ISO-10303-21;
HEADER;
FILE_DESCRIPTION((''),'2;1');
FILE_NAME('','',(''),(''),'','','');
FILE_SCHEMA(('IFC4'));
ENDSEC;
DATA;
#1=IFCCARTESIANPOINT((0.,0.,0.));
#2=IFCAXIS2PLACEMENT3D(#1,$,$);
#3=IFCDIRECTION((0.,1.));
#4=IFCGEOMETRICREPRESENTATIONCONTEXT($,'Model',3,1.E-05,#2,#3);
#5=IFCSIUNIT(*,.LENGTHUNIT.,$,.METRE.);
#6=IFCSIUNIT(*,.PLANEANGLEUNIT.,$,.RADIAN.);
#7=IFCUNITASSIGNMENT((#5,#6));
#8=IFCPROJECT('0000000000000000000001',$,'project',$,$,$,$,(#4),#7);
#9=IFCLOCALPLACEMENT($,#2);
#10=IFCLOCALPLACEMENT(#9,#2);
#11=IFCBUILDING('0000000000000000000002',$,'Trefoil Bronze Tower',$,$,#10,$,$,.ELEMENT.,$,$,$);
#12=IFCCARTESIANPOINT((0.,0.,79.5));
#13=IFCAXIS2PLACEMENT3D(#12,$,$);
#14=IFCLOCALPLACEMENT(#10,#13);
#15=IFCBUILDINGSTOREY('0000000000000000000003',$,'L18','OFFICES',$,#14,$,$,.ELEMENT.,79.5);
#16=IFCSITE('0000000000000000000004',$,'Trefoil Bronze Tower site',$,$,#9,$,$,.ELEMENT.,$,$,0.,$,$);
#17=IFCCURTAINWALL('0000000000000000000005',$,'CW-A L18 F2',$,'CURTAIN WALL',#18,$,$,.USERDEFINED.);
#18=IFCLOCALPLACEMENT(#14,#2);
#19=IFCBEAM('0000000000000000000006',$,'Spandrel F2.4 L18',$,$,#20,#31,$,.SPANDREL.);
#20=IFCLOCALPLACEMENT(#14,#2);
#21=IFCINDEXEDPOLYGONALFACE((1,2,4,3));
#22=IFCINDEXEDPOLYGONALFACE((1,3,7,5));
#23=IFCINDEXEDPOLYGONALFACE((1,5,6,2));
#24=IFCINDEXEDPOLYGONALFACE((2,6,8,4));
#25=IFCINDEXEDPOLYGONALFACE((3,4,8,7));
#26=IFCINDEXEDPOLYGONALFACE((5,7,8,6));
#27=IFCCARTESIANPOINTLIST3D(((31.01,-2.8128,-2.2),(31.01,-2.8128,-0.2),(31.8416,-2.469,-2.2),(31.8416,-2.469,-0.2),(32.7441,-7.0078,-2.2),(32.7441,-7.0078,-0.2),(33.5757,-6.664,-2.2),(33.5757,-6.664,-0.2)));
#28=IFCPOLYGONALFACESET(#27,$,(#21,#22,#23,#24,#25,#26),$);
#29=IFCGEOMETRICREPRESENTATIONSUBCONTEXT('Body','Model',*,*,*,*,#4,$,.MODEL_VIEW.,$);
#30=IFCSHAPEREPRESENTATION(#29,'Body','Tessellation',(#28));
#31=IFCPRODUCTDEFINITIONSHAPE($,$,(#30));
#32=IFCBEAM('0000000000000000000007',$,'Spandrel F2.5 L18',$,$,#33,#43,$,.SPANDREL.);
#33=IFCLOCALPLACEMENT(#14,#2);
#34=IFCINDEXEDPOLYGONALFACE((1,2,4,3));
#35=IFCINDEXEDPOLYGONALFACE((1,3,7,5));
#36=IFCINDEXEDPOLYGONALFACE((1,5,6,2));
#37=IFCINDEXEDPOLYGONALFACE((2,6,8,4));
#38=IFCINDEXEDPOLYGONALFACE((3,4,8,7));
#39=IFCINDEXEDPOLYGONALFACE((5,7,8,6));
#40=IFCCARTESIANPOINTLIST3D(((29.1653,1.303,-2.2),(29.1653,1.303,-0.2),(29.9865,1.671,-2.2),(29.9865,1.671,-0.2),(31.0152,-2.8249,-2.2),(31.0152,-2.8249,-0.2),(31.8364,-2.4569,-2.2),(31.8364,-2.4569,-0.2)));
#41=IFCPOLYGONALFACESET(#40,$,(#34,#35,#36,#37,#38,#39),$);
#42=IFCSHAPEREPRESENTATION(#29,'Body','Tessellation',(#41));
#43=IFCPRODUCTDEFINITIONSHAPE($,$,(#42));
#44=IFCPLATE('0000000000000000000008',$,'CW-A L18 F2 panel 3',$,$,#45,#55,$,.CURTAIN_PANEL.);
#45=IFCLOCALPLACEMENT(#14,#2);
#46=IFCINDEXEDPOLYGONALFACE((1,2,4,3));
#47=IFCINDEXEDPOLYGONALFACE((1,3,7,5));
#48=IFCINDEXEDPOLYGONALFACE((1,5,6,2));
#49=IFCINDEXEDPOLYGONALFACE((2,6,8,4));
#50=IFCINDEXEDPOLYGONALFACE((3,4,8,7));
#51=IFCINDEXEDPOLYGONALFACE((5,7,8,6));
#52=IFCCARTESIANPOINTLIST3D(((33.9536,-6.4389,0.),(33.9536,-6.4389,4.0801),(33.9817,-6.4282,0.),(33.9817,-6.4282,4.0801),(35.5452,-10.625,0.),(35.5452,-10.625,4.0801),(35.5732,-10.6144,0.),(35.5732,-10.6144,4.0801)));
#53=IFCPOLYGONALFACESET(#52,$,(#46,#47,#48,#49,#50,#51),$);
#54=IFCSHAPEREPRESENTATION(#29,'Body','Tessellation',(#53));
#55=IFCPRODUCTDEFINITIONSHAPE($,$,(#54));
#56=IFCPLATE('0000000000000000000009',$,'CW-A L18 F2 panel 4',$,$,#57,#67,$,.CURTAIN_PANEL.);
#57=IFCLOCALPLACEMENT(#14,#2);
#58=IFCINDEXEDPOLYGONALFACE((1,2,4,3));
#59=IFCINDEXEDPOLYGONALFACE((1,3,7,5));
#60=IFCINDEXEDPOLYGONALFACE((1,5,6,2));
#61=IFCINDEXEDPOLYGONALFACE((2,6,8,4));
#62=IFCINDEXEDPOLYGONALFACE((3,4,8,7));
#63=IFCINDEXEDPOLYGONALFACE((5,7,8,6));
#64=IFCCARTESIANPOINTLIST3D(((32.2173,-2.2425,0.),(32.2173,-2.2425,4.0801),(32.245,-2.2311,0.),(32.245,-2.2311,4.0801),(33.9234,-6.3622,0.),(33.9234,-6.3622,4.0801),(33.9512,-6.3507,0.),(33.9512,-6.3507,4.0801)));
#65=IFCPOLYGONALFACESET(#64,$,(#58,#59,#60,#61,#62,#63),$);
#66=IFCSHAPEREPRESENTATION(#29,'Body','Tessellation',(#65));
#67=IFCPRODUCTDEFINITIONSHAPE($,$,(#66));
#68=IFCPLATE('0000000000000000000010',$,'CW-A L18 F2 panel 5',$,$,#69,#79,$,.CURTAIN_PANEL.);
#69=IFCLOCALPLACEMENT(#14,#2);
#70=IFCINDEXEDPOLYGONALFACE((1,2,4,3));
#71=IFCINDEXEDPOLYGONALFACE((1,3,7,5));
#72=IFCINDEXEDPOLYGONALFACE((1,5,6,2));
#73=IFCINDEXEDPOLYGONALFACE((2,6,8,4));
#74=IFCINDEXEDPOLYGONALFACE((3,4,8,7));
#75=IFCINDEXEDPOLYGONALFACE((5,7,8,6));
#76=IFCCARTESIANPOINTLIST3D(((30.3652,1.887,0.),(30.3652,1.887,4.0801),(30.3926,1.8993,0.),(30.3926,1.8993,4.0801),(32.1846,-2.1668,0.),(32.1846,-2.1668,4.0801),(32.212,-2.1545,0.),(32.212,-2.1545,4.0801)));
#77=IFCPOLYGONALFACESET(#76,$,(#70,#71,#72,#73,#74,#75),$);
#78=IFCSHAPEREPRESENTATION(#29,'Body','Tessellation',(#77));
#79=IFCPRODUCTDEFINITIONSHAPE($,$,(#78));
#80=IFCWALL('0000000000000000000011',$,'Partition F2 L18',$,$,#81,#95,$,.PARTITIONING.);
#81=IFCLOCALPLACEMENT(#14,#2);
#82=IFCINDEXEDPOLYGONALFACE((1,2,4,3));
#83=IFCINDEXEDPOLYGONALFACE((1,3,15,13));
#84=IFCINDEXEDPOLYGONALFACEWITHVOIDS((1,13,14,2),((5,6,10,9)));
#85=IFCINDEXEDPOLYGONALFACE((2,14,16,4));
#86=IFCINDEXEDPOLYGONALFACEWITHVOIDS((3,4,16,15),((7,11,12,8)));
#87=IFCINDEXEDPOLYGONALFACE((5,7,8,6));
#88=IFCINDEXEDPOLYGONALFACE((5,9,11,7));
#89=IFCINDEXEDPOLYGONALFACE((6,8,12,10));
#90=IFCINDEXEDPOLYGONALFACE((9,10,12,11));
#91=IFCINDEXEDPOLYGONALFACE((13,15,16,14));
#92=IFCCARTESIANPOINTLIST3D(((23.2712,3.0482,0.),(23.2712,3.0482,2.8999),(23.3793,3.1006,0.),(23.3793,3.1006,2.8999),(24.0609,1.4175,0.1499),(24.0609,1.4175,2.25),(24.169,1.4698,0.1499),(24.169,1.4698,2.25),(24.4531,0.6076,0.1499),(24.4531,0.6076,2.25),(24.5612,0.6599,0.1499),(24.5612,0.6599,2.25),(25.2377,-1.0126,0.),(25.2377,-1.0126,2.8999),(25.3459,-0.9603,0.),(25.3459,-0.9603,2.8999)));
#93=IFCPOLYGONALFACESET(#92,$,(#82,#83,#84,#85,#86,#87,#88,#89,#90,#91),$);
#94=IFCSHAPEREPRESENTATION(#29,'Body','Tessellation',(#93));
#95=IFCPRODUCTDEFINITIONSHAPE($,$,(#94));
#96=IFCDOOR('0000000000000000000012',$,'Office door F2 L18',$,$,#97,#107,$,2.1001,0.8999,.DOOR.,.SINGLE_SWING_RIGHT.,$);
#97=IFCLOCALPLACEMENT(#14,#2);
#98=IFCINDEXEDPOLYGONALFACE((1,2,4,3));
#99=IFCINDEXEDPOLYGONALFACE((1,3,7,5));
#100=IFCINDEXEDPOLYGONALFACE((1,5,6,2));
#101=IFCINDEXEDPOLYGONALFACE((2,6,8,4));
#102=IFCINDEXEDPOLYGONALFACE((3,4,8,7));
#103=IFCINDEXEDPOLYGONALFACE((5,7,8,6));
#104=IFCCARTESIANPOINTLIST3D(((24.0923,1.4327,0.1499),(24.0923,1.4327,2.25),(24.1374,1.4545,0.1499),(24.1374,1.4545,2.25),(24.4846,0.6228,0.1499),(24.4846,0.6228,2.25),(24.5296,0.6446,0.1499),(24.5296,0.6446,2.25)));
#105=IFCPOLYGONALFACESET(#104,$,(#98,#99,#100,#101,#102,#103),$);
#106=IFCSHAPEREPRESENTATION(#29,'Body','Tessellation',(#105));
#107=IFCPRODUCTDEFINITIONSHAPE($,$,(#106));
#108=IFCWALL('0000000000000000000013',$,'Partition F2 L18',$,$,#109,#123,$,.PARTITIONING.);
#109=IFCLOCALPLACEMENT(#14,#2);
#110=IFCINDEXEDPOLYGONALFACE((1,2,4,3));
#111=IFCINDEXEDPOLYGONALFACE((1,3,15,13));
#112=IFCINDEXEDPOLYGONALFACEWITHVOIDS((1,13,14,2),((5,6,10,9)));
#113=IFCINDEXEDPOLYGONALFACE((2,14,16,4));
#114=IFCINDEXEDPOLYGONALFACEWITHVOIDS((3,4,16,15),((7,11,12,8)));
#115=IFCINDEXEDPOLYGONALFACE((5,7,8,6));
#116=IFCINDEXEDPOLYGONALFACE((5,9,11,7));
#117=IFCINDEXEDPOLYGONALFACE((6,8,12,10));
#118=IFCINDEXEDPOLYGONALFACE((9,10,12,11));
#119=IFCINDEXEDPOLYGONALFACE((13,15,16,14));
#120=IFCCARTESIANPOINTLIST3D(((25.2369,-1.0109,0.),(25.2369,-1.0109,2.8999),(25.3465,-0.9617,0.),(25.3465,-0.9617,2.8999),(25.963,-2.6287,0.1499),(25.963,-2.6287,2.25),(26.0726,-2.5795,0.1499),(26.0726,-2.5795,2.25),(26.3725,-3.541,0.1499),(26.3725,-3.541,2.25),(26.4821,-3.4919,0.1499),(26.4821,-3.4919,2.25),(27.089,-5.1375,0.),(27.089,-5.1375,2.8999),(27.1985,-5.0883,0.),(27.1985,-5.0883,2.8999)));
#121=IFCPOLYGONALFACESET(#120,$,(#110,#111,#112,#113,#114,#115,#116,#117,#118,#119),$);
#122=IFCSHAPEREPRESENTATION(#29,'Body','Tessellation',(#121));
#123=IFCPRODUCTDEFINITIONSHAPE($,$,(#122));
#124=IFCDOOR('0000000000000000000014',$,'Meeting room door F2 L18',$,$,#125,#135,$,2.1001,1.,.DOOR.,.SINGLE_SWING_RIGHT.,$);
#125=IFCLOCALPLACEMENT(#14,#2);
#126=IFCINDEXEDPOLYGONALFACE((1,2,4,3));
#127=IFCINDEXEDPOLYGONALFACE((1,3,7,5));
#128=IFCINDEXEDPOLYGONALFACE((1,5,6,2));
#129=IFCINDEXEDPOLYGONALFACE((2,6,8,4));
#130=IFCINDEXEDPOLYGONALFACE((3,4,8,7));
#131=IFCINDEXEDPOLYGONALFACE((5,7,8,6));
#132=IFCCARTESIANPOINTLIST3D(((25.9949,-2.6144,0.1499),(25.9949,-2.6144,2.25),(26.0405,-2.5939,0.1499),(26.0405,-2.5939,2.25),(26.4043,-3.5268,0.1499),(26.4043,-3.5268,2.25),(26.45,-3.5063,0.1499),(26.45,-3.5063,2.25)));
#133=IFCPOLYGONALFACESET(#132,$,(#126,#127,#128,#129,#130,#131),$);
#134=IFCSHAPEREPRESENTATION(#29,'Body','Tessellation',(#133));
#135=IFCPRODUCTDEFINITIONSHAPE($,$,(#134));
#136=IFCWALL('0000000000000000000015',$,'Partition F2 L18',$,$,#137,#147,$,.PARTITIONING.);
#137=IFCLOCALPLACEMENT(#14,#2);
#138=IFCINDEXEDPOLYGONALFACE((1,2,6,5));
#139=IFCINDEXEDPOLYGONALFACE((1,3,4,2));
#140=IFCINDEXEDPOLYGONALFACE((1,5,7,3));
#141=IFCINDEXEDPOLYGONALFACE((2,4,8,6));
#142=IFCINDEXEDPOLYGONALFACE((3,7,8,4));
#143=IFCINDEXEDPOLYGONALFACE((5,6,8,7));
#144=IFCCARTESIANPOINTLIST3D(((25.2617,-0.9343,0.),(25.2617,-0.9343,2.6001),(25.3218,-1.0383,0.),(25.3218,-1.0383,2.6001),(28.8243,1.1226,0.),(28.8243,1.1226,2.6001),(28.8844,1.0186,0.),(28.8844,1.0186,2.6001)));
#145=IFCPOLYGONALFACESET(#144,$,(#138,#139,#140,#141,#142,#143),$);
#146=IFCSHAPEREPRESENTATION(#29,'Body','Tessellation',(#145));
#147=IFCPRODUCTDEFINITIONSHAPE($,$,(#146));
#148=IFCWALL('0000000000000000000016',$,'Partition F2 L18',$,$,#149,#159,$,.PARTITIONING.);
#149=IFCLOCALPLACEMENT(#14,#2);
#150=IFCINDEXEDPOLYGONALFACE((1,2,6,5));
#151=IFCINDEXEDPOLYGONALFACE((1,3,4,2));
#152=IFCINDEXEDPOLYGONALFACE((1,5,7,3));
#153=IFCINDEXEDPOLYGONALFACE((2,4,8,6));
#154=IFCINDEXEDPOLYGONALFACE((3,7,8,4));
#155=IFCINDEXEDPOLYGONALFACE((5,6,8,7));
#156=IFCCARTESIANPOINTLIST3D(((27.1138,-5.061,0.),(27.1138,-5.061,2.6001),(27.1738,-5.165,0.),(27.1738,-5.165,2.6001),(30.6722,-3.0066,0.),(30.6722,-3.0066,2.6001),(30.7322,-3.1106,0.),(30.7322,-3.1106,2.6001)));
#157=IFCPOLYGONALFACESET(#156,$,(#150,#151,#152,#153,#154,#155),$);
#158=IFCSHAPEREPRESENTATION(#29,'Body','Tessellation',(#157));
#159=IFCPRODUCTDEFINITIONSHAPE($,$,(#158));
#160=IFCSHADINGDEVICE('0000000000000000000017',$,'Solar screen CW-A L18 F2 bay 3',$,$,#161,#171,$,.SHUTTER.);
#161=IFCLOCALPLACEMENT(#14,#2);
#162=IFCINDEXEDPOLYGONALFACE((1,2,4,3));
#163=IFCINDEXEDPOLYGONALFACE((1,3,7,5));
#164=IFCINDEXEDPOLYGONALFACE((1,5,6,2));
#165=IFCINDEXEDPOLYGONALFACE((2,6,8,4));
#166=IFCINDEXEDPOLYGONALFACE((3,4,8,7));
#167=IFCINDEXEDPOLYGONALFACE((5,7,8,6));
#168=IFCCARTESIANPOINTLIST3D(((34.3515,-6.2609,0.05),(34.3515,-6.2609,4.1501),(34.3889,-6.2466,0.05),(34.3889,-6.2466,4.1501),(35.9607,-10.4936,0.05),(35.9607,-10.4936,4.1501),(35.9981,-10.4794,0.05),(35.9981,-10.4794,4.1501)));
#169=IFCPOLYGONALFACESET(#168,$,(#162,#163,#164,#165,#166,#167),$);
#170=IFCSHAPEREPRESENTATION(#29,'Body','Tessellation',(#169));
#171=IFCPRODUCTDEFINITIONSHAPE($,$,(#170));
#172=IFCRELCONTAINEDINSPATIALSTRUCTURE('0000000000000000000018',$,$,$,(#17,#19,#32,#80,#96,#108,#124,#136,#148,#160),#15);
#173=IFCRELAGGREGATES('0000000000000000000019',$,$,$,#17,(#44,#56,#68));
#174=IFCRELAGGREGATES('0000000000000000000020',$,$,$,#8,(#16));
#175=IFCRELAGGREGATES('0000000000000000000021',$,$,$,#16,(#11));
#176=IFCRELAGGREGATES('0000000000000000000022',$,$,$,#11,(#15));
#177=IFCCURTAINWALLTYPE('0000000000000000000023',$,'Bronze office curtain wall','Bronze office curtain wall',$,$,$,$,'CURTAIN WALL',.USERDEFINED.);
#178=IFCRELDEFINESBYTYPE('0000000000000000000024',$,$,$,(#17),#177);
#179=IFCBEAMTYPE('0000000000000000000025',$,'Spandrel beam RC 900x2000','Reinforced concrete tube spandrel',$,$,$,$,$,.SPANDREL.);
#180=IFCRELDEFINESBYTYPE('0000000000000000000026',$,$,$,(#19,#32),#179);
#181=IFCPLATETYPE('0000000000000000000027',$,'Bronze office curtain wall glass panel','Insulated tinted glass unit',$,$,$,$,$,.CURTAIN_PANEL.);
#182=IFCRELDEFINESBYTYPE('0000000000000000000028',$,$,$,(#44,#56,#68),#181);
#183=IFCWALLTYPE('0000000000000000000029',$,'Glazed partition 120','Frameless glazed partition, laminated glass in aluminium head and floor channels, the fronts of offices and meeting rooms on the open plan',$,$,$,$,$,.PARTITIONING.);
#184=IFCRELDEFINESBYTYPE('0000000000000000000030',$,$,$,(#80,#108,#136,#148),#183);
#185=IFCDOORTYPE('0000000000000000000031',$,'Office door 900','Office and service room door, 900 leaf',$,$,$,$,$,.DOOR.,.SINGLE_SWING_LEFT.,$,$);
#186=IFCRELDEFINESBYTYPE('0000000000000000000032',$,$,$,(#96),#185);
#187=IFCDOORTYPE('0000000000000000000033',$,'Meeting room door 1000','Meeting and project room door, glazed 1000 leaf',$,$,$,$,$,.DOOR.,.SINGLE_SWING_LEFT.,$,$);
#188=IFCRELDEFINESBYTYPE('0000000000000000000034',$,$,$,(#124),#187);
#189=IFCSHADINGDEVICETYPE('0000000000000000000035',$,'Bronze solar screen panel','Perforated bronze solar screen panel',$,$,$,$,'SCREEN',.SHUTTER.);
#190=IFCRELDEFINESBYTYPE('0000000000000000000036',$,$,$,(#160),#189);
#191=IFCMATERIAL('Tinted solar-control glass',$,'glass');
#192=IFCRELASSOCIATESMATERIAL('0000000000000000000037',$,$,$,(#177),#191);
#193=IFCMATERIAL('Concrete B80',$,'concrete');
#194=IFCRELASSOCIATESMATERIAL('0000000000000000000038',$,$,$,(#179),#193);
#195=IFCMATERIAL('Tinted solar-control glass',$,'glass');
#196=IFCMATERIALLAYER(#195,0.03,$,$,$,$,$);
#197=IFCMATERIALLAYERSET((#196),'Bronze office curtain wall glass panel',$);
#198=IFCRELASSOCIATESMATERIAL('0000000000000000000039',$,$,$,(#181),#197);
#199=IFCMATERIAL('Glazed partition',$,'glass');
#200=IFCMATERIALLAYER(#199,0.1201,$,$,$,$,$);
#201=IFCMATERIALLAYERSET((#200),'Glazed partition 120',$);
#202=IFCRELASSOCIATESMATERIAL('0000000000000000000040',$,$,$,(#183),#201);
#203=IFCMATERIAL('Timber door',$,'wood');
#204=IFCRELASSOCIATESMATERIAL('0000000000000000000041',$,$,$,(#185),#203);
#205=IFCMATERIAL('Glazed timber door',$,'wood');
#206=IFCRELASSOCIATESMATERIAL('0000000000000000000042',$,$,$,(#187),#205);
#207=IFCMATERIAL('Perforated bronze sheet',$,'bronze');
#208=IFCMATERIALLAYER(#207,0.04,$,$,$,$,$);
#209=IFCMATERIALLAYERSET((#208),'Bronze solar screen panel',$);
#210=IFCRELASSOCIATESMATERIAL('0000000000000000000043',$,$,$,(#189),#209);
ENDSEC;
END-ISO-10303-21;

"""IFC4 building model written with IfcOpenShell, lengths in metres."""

from ifc_helpers import new_model, si_unit, direction, frame, frame_2d, origin, origin_2d, place, context, subcontext, project, spatial, rectangle, extrude, material, layer, layer_set, material_profile, profile_set, type_object, element, fill, aggregate, save


model = new_model("IFC4")

# Units and contexts
model_context = context("Model", 3, precision=1e-05, world=origin(), true_north=direction((0.0, 1.0)))
body_context = subcontext(model_context, "Body", "Model", "MODEL_VIEW")
ifc_project = project(units=[si_unit("LENGTHUNIT", "METRE"), si_unit("PLANEANGLEUNIT", "RADIAN")], contexts=[model_context])

# Site, building, storey
site_placement = place(None, origin())
site = spatial("IfcSite", under=ifc_project, at=site_placement, Name="Trefoil Bronze Tower site", CompositionType="ELEMENT", RefElevation=0.0)
building_placement = place(site_placement, origin())
building = spatial("IfcBuilding", under=site, at=building_placement, Name="Trefoil Bronze Tower", CompositionType="ELEMENT")
storey_placement = place(building_placement, frame((0.0, 0.0, 79.5)))
storey = spatial("IfcBuildingStorey", under=building, at=storey_placement, Name="L18", Description="OFFICES", CompositionType="ELEMENT", Elevation=79.5)

# Curtain wall
ifc_material_1 = material(Name="Tinted solar-control glass", Category="glass")
curtain_wall_type = type_object("IfcCurtainWallType", Name="Bronze office curtain wall", Description="Bronze office curtain wall", ElementType="CURTAIN WALL", PredefinedType="USERDEFINED", material=ifc_material_1)
curtain_wall_placement = place(storey_placement, origin())
curtain_wall = element("IfcCurtainWall", 1, at=curtain_wall_placement, inside=storey, type_object=curtain_wall_type, Name="CW-A L18 F2", ObjectType="CURTAIN WALL", PredefinedType="USERDEFINED")

# Beams
ifc_material_2 = material(Name="Concrete B80", Category="concrete")
ifc_material_profile_1 = material_profile(ifc_material_2, rectangle(XDim=0.8999, YDim=2.0, at=origin_2d()), Name="RC 900x2000")
ifc_profile_set_1 = profile_set([ifc_material_profile_1], Name="Concrete B80")
beam_type_1 = type_object("IfcBeamType", Name="Spandrel beam RC 900x2000", Description="Reinforced concrete tube spandrel", PredefinedType="SPANDREL", material=ifc_profile_set_1)
beam_1_placement = place(storey_placement, frame((33.1599, -6.8359, -1.2), z_axis=(-0.382021, 0.924154, 0.0), x_axis=(-0.924154, -0.382021, 0.0)))
element("IfcBeam", 2, at=beam_1_placement, inside=storey, type_object=beam_type_1, Name="Spandrel F2.4 L18", PredefinedType="SPANDREL", context=body_context, shape_type="SweptSolid", body=[
    extrude(rectangle(XDim=0.8999, YDim=2.0, at=origin_2d()), origin(), (0.0, 0.0, 1.0), 4.5393),
])
beam_2_placement = place(storey_placement, frame((31.4258, -2.6409, -1.2), z_axis=(-0.408946, 0.912559, 0.0), x_axis=(-0.912559, -0.408946, 0.0)))
element("IfcBeam", 3, at=beam_2_placement, inside=storey, type_object=beam_type_1, Name="Spandrel F2.5 L18", PredefinedType="SPANDREL", context=body_context, shape_type="SweptSolid", body=[
    extrude(rectangle(XDim=0.8999, YDim=2.0, at=origin_2d()), origin(), (0.0, 0.0, 1.0), 4.5234),
])

# Plates
ifc_material_3 = material(Name="Tinted solar-control glass", Category="glass")
ifc_layer_1 = layer(ifc_material_3, 0.03)
ifc_layer_set_1 = layer_set([ifc_layer_1], Name="Bronze office curtain wall glass panel")
plate_type = type_object("IfcPlateType", Name="Bronze office curtain wall glass panel", Description="Insulated tinted glass unit", PredefinedType="CURTAIN_PANEL", material=ifc_layer_set_1)
plate_1_placement = place(storey_placement, frame((34.7634, -8.5266, 0.0), z_axis=(0.0, 0.0, 1.0), x_axis=(-0.355371, 0.934725, 0.0)))
plate_1 = element("IfcPlate", 4, at=plate_1_placement, type_object=plate_type, Name="CW-A L18 F2 panel 3", PredefinedType="CURTAIN_PANEL", context=body_context, shape_type="SweptSolid", body=[
    extrude(rectangle(XDim=4.4785, YDim=0.03, at=origin_2d()), origin(), (0.0, 0.0, 1.0), 4.0801),
])
plate_2_placement = place(storey_placement, frame((33.0842, -4.2966, 0.0), z_axis=(0.0, 0.0, 1.0), x_axis=(-0.38263, 0.923902, 0.0)))
plate_2 = element("IfcPlate", 5, at=plate_2_placement, type_object=plate_type, Name="CW-A L18 F2 panel 4", PredefinedType="CURTAIN_PANEL", context=body_context, shape_type="SweptSolid", body=[
    extrude(rectangle(XDim=4.459, YDim=0.03, at=origin_2d()), origin(), (0.0, 0.0, 1.0), 4.0801),
])
plate_3_placement = place(storey_placement, frame((31.2886, -0.1338, 0.0), z_axis=(0.0, 0.0, 1.0), x_axis=(-0.409456, 0.91233, 0.0)))
plate_3 = element("IfcPlate", 6, at=plate_3_placement, type_object=plate_type, Name="CW-A L18 F2 panel 5", PredefinedType="CURTAIN_PANEL", context=body_context, shape_type="SweptSolid", body=[
    extrude(rectangle(XDim=4.4434, YDim=0.03, at=origin_2d()), origin(), (0.0, 0.0, 1.0), 4.0801),
])
aggregate(curtain_wall, [plate_1, plate_2, plate_3])

# Walls, openings, doors
ifc_material_4 = material(Name="Glazed partition", Category="glass")
ifc_layer_2 = layer(ifc_material_4, 0.1201)
ifc_layer_set_2 = layer_set([ifc_layer_2], Name="Glazed partition 120")
wall_type = type_object("IfcWallType", Name="Glazed partition 120", Description="Frameless glazed partition, laminated glass in aluminium head and floor channels, the fronts of offices and meeting rooms on the open plan", PredefinedType="PARTITIONING", material=ifc_layer_set_2)
wall_1_placement = place(storey_placement, frame((25.2917, -0.9863, 0.0), z_axis=(0.0, 0.0, 1.0), x_axis=(-0.435858, 0.900015, 0.0)))
wall_1 = element("IfcWall", 7, at=wall_1_placement, inside=storey, type_object=wall_type, Name="Partition F2 L18", PredefinedType="PARTITIONING", context=body_context, shape_type="SweptSolid", body=[
    extrude(rectangle(XDim=4.512, YDim=0.1201, at=frame_2d((2.2559, 0.0))), origin(), (0.0, 0.0, 1.0), 2.8999),
])
opening_1_placement = place(wall_1_placement, frame((1.8, 0.0, 0.1499)))
opening_1 = element("IfcOpeningElement", 8, at=opening_1_placement, cuts=wall_1, PredefinedType="OPENING", context=body_context, shape_type="SweptSolid", body=[
    extrude(rectangle(XDim=0.8999, YDim=2.1001, at=frame_2d((0.45, 1.05))), frame((0.0, 0.0701, 0.0), z_axis=(0.0, -1.0, 0.0), x_axis=(1.0, 0.0, 0.0)), (0.0, 0.0, 1.0), 0.1401),
])
ifc_material_5 = material(Name="Timber door", Category="wood")
door_type_1 = type_object("IfcDoorType", Name="Office door 900", Description="Office and service room door, 900 leaf", OperationType="SINGLE_SWING_LEFT", PredefinedType="DOOR", material=ifc_material_5)
door_1_placement = place(opening_1_placement, frame((0.8999, 0.0, 0.0), z_axis=(0.0, 0.0, 1.0), x_axis=(-1.0, 0.0, 0.0)))
door_1 = element("IfcDoor", 9, at=door_1_placement, inside=storey, type_object=door_type_1, Name="Office door F2 L18", OperationType="SINGLE_SWING_RIGHT", OverallHeight=2.1001, OverallWidth=0.8999, PredefinedType="DOOR", context=body_context, shape_type="SweptSolid", body=[
    extrude(rectangle(XDim=0.8999, YDim=2.1001, at=frame_2d((0.45, 1.05))), frame((0.0, 0.0249, 0.0), z_axis=(0.0, -1.0, 0.0), x_axis=(1.0, 0.0, 0.0)), (0.0, 0.0, 1.0), 0.05),
])
fill(opening_1, door_1)
wall_2_placement = place(storey_placement, frame((27.1438, -5.113, 0.0), z_axis=(0.0, 0.0, 1.0), x_axis=(-0.409451, 0.912332, 0.0)))
wall_2 = element("IfcWall", 10, at=wall_2_placement, inside=storey, type_object=wall_type, Name="Partition F2 L18", PredefinedType="PARTITIONING", context=body_context, shape_type="SweptSolid", body=[
    extrude(rectangle(XDim=4.5232, YDim=0.1201, at=frame_2d((2.2617, 0.0))), origin(), (0.0, 0.0, 1.0), 2.8999),
])
opening_2_placement = place(wall_2_placement, frame((1.75, 0.0, 0.1499)))
opening_2 = element("IfcOpeningElement", 11, at=opening_2_placement, cuts=wall_2, PredefinedType="OPENING", context=body_context, shape_type="SweptSolid", body=[
    extrude(rectangle(XDim=1.0, YDim=2.1001, at=frame_2d((0.5, 1.05))), frame((0.0, 0.0701, 0.0), z_axis=(0.0, -1.0, 0.0), x_axis=(1.0, 0.0, 0.0)), (0.0, 0.0, 1.0), 0.1401),
])
ifc_material_6 = material(Name="Glazed timber door", Category="wood")
door_type_2 = type_object("IfcDoorType", Name="Meeting room door 1000", Description="Meeting and project room door, glazed 1000 leaf", OperationType="SINGLE_SWING_LEFT", PredefinedType="DOOR", material=ifc_material_6)
door_2_placement = place(opening_2_placement, frame((1.0, 0.0, 0.0), z_axis=(0.0, 0.0, 1.0), x_axis=(-1.0, 0.0, 0.0)))
door_2 = element("IfcDoor", 12, at=door_2_placement, inside=storey, type_object=door_type_2, Name="Meeting room door F2 L18", OperationType="SINGLE_SWING_RIGHT", OverallHeight=2.1001, OverallWidth=1.0, PredefinedType="DOOR", context=body_context, shape_type="SweptSolid", body=[
    extrude(rectangle(XDim=1.0, YDim=2.1001, at=frame_2d((0.5, 1.05))), frame((0.0, 0.0249, 0.0), z_axis=(0.0, -1.0, 0.0), x_axis=(1.0, 0.0, 0.0)), (0.0, 0.0, 1.0), 0.05),
])
fill(opening_2, door_2)

# Walls
wall_3_placement = place(storey_placement, frame((25.2917, -0.9863, 0.0), z_axis=(0.0, 0.0, 1.0), x_axis=(0.866018, 0.500014, 0.0)))
element("IfcWall", 13, at=wall_3_placement, inside=storey, type_object=wall_type, Name="Partition F2 L18", PredefinedType="PARTITIONING", context=body_context, shape_type="SweptSolid", body=[
    extrude(rectangle(XDim=4.1138, YDim=0.1201, at=frame_2d((2.0569, 0.0))), origin(), (0.0, 0.0, 1.0), 2.6001),
])
wall_4_placement = place(storey_placement, frame((27.1438, -5.113, 0.0), z_axis=(0.0, 0.0, 1.0), x_axis=(0.866022, 0.500005, 0.0)))
element("IfcWall", 14, at=wall_4_placement, inside=storey, type_object=wall_type, Name="Partition F2 L18", PredefinedType="PARTITIONING", context=body_context, shape_type="SweptSolid", body=[
    extrude(rectangle(XDim=4.1089, YDim=0.1201, at=frame_2d((2.0544, 0.0))), origin(), (0.0, 0.0, 1.0), 2.6001),
])

# Shading device
ifc_material_7 = material(Name="Perforated bronze sheet", Category="bronze")
ifc_layer_3 = layer(ifc_material_7, 0.04)
ifc_layer_set_3 = layer_set([ifc_layer_3], Name="Bronze solar screen panel")
shading_device_type = type_object("IfcShadingDeviceType", Name="Bronze solar screen panel", Description="Perforated bronze solar screen panel", ElementType="SCREEN", PredefinedType="SHUTTER", material=ifc_layer_set_3)
shading_device_1_placement = place(storey_placement, frame((35.1748, -8.3701, 0.05), z_axis=(0.0, 0.0, 1.0), x_axis=(-0.355371, 0.934725, 0.0)))
element("IfcShadingDevice", 15, at=shading_device_1_placement, inside=storey, type_object=shading_device_type, Name="Solar screen CW-A L18 F2 bay 3", PredefinedType="SHUTTER", context=body_context, shape_type="SweptSolid", body=[
    extrude(rectangle(XDim=4.5283, YDim=0.04, at=origin_2d()), origin(), (0.0, 0.0, 1.0), 4.1001),
])

save(model, "model.ifc")
